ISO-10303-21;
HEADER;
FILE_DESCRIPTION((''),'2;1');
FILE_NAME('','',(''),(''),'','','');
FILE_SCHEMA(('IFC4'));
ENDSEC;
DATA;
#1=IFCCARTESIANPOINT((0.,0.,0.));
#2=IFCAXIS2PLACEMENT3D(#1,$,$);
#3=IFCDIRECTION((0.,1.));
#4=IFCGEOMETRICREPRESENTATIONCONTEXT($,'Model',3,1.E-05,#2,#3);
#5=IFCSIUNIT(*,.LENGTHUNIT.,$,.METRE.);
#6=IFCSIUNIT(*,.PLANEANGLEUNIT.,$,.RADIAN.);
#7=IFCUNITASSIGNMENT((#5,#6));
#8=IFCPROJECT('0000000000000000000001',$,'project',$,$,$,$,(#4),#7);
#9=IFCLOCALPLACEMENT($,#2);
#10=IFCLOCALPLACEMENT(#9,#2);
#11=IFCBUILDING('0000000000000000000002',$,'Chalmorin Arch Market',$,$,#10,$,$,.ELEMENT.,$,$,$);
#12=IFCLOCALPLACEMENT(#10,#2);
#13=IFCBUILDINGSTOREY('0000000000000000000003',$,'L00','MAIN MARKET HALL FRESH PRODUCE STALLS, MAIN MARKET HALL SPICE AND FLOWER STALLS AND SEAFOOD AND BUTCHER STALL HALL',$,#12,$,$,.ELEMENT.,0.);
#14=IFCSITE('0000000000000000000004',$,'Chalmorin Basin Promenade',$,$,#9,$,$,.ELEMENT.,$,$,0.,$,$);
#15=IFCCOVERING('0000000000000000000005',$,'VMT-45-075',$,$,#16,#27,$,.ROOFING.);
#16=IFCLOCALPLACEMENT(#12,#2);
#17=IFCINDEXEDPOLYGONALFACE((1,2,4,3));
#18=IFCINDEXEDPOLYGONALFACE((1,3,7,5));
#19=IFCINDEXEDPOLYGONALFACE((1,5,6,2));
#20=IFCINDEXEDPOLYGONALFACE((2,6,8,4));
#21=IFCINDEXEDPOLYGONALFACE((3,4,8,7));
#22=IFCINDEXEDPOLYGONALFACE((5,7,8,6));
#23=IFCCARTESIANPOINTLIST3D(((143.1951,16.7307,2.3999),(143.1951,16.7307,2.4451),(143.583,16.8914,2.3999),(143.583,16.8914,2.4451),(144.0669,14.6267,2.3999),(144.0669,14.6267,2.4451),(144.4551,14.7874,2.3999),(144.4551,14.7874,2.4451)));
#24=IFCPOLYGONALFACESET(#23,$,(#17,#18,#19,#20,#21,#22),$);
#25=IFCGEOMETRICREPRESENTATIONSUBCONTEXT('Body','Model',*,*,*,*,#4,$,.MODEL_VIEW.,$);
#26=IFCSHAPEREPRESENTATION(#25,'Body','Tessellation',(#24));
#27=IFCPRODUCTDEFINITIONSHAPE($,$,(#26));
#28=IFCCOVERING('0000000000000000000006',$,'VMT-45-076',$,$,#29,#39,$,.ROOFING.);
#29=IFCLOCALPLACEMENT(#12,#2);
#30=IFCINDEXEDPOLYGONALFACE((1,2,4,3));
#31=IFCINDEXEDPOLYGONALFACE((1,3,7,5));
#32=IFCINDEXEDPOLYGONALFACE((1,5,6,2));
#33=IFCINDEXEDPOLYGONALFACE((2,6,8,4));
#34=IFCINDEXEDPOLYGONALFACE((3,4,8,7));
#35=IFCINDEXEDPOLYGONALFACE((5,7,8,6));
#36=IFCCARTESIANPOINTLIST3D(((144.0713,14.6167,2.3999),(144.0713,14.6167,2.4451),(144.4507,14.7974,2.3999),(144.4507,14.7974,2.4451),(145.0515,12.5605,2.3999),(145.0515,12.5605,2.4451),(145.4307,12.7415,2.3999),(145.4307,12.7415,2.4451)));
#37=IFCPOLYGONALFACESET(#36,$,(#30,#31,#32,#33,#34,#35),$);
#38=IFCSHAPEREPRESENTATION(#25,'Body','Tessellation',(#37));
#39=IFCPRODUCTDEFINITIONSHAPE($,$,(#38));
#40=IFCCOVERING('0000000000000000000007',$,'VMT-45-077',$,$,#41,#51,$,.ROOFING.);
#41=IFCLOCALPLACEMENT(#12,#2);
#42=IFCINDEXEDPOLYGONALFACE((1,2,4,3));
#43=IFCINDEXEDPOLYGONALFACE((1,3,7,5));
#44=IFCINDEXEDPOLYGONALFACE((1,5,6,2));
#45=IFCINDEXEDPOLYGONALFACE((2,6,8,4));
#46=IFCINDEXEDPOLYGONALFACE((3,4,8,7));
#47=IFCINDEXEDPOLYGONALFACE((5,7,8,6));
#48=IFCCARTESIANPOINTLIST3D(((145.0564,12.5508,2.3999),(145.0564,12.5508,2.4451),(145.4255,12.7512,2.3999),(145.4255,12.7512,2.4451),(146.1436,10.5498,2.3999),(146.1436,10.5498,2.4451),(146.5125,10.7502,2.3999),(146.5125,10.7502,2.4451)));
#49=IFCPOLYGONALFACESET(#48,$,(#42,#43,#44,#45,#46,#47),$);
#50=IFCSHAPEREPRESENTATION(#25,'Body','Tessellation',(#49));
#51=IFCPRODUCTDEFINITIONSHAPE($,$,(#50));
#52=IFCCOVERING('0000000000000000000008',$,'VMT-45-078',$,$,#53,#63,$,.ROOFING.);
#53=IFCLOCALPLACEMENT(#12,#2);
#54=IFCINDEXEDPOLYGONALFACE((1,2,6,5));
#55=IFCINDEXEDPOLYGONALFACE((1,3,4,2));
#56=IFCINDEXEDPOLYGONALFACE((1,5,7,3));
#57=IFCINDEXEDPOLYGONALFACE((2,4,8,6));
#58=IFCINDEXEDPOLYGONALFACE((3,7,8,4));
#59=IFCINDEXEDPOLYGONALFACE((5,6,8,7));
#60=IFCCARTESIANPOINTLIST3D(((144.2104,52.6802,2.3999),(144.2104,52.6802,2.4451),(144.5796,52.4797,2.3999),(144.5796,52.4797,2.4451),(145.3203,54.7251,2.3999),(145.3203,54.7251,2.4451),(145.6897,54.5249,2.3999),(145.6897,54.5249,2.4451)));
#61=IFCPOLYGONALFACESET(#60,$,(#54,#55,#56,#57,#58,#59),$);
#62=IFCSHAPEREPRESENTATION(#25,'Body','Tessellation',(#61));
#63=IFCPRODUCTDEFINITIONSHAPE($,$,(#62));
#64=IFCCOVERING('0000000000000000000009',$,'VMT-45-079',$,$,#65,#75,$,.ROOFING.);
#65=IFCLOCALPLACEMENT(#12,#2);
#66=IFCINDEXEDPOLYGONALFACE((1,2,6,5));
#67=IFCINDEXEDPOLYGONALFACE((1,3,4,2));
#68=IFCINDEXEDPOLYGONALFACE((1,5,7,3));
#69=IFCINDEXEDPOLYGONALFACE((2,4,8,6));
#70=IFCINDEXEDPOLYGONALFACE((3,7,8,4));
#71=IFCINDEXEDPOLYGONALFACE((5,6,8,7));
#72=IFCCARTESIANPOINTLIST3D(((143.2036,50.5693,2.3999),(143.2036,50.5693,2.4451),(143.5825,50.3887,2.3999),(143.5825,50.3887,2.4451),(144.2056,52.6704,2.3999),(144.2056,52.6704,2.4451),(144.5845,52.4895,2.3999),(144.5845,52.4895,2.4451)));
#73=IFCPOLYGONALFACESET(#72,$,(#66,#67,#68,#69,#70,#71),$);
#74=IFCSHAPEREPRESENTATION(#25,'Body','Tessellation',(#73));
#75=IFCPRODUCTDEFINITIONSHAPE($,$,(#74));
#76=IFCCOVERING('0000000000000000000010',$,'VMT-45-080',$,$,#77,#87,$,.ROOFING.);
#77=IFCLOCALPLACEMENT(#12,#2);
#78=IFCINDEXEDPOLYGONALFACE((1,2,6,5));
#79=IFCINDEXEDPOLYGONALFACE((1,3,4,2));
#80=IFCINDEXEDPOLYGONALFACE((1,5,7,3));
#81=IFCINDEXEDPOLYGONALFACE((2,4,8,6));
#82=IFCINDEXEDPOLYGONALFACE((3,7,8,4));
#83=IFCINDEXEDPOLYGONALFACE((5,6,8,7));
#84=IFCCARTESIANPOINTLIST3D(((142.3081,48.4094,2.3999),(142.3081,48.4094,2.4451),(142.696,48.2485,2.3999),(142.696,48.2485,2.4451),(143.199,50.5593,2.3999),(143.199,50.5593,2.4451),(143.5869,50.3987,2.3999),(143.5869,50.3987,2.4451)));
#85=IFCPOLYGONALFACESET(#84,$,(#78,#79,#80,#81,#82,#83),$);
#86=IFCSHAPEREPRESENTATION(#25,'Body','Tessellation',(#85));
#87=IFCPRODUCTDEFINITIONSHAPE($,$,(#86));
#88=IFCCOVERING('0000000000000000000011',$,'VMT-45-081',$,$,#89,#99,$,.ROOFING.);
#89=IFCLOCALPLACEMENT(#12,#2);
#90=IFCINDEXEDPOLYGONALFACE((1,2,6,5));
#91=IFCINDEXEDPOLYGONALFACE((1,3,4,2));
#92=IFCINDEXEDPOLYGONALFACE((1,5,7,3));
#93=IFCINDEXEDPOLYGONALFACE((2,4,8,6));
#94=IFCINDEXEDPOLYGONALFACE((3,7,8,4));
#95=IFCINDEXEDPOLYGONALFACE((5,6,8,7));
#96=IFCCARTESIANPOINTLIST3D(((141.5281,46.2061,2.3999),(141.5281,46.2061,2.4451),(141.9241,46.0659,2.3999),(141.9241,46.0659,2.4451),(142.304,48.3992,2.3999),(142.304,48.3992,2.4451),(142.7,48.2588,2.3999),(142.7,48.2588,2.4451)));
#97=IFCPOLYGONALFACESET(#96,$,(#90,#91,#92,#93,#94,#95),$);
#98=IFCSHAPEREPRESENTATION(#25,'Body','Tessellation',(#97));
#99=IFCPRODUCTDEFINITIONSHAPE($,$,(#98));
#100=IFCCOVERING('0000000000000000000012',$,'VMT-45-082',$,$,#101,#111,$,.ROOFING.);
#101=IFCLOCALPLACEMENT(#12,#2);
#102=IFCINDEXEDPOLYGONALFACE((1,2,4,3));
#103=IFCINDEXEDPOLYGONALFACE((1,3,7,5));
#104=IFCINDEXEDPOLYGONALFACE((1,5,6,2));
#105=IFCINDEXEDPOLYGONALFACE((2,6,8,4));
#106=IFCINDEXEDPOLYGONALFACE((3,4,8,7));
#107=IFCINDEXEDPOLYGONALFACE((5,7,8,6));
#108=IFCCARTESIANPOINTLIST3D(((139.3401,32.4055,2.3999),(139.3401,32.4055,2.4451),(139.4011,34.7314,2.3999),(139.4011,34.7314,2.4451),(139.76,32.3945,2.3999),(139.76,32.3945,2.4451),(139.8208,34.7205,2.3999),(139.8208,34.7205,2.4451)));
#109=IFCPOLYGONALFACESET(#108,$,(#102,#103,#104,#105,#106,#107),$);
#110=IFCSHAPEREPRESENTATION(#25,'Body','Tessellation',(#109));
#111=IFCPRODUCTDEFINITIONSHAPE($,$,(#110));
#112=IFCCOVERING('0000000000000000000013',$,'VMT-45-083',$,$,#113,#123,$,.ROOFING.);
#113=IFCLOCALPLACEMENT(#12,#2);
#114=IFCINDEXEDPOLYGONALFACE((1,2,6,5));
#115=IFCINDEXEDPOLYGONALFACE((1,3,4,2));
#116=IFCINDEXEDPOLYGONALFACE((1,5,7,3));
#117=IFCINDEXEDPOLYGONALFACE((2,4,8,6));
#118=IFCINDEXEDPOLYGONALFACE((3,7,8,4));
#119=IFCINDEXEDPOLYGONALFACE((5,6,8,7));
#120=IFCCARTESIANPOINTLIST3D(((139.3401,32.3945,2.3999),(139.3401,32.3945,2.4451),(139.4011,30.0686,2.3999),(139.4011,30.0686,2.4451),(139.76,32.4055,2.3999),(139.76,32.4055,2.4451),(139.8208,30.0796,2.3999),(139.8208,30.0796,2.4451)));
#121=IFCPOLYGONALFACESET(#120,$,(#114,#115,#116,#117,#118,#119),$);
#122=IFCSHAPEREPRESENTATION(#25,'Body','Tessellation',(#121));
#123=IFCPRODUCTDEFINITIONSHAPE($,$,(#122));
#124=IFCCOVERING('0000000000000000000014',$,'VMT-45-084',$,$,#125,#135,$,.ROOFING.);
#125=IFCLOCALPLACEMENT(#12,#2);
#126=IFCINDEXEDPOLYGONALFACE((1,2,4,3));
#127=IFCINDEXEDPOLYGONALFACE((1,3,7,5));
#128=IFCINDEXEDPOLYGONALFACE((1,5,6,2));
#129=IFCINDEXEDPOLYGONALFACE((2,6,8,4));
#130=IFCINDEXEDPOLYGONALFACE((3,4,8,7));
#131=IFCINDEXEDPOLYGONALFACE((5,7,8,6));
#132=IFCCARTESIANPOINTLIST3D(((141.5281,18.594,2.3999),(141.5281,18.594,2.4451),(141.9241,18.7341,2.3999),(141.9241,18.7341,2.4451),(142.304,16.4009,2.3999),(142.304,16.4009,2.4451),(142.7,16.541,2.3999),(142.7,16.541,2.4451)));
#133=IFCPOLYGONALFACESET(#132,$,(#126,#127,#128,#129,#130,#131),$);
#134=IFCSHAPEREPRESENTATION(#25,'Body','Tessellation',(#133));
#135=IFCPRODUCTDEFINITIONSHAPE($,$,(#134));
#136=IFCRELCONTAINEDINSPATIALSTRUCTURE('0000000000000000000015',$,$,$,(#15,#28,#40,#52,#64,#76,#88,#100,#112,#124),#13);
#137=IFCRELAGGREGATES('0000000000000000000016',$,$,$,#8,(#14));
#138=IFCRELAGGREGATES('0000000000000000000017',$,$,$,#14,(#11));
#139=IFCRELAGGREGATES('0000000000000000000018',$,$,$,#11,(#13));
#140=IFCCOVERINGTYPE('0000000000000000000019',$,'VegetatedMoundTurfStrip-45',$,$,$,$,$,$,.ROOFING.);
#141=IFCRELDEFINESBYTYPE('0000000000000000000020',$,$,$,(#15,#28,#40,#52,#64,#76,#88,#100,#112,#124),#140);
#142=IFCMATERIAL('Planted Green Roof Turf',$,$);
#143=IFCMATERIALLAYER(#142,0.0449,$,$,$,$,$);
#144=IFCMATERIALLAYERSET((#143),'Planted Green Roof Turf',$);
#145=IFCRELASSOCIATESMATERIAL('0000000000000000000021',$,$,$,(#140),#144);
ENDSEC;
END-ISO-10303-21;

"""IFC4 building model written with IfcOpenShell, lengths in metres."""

from ifc_helpers import new_model, si_unit, direction, frame, origin, place, context, subcontext, project, spatial, polyline, outline, extrude, material, layer, layer_set, type_object, element, save


model = new_model("IFC4")

# Units and contexts
model_context = context("Model", 3, precision=1e-05, world=origin(), true_north=direction((0.0, 1.0)))
body_context = subcontext(model_context, "Body", "Model", "MODEL_VIEW")
ifc_project = project(units=[si_unit("LENGTHUNIT", "METRE"), si_unit("PLANEANGLEUNIT", "RADIAN")], contexts=[model_context])

# Site, building, storey
site_placement = place(None, origin())
site = spatial("IfcSite", under=ifc_project, at=site_placement, Name="Chalmorin Basin Promenade", CompositionType="ELEMENT", RefElevation=0.0)
building_placement = place(site_placement, origin())
building = spatial("IfcBuilding", under=site, at=building_placement, Name="Chalmorin Arch Market", CompositionType="ELEMENT")
storey_placement = place(building_placement, origin())
storey = spatial("IfcBuildingStorey", under=building, at=storey_placement, Name="L00", Description="MAIN MARKET HALL FRESH PRODUCE STALLS, MAIN MARKET HALL SPICE AND FLOWER STALLS AND SEAFOOD AND BUTCHER STALL HALL", CompositionType="ELEMENT", Elevation=0.0)

# Coverings
ifc_material_1 = material(Name="Planted Green Roof Turf")
ifc_layer_1 = layer(ifc_material_1, 0.0449)
ifc_layer_set_1 = layer_set([ifc_layer_1], Name="Planted Green Roof Turf")
covering_type = type_object("IfcCoveringType", Name="VegetatedMoundTurfStrip-45", PredefinedType="ROOFING", material=ifc_layer_set_1)
covering_1_placement = place(storey_placement, frame((0.0, 0.0, 2.3999)))
element("IfcCovering", 1, at=covering_1_placement, inside=storey, type_object=covering_type, Name="VMT-45-075", PredefinedType="ROOFING", context=body_context, shape_type="SweptSolid", body=[
    extrude(outline(polyline([(143.1951, 16.7307), (144.0669, 14.6267), (144.4551, 14.7874), (143.583, 16.8914), (143.1951, 16.7307)])), origin(), (0.0, 0.0, 1.0), 0.0452),
])
covering_2_placement = place(storey_placement, frame((0.0, 0.0, 2.3999)))
element("IfcCovering", 2, at=covering_2_placement, inside=storey, type_object=covering_type, Name="VMT-45-076", PredefinedType="ROOFING", context=body_context, shape_type="SweptSolid", body=[
    extrude(outline(polyline([(144.0713, 14.6167), (145.0515, 12.5605), (145.4307, 12.7415), (144.4507, 14.7974), (144.0713, 14.6167)])), origin(), (0.0, 0.0, 1.0), 0.0452),
])
covering_3_placement = place(storey_placement, frame((0.0, 0.0, 2.3999)))
element("IfcCovering", 3, at=covering_3_placement, inside=storey, type_object=covering_type, Name="VMT-45-077", PredefinedType="ROOFING", context=body_context, shape_type="SweptSolid", body=[
    extrude(outline(polyline([(145.0564, 12.5508), (146.1436, 10.5498), (146.5125, 10.7502), (145.4255, 12.7512), (145.0564, 12.5508)])), origin(), (0.0, 0.0, 1.0), 0.0452),
])
covering_4_placement = place(storey_placement, frame((0.0, 0.0, 2.3999)))
element("IfcCovering", 4, at=covering_4_placement, inside=storey, type_object=covering_type, Name="VMT-45-078", PredefinedType="ROOFING", context=body_context, shape_type="SweptSolid", body=[
    extrude(outline(polyline([(145.3203, 54.7251), (144.2104, 52.6802), (144.5796, 52.4797), (145.6897, 54.5249), (145.3203, 54.7251)])), origin(), (0.0, 0.0, 1.0), 0.0452),
])
covering_5_placement = place(storey_placement, frame((0.0, 0.0, 2.3999)))
element("IfcCovering", 5, at=covering_5_placement, inside=storey, type_object=covering_type, Name="VMT-45-079", PredefinedType="ROOFING", context=body_context, shape_type="SweptSolid", body=[
    extrude(outline(polyline([(144.2056, 52.6704), (143.2036, 50.5693), (143.5825, 50.3887), (144.5845, 52.4895), (144.2056, 52.6704)])), origin(), (0.0, 0.0, 1.0), 0.0452),
])
covering_6_placement = place(storey_placement, frame((0.0, 0.0, 2.3999)))
element("IfcCovering", 6, at=covering_6_placement, inside=storey, type_object=covering_type, Name="VMT-45-080", PredefinedType="ROOFING", context=body_context, shape_type="SweptSolid", body=[
    extrude(outline(polyline([(143.199, 50.5593), (142.3081, 48.4094), (142.696, 48.2485), (143.5869, 50.3987), (143.199, 50.5593)])), origin(), (0.0, 0.0, 1.0), 0.0452),
])
covering_7_placement = place(storey_placement, frame((0.0, 0.0, 2.3999)))
element("IfcCovering", 7, at=covering_7_placement, inside=storey, type_object=covering_type, Name="VMT-45-081", PredefinedType="ROOFING", context=body_context, shape_type="SweptSolid", body=[
    extrude(outline(polyline([(142.304, 48.3992), (141.5281, 46.2061), (141.9241, 46.0659), (142.7, 48.2588), (142.304, 48.3992)])), origin(), (0.0, 0.0, 1.0), 0.0452),
])
covering_8_placement = place(storey_placement, frame((0.0, 0.0, 2.3999)))
element("IfcCovering", 8, at=covering_8_placement, inside=storey, type_object=covering_type, Name="VMT-45-082", PredefinedType="ROOFING", context=body_context, shape_type="SweptSolid", body=[
    extrude(outline(polyline([(139.4011, 34.7314), (139.3401, 32.4055), (139.76, 32.3945), (139.8208, 34.7205), (139.4011, 34.7314)])), origin(), (0.0, 0.0, 1.0), 0.0452),
])
covering_9_placement = place(storey_placement, frame((0.0, 0.0, 2.3999)))
element("IfcCovering", 9, at=covering_9_placement, inside=storey, type_object=covering_type, Name="VMT-45-083", PredefinedType="ROOFING", context=body_context, shape_type="SweptSolid", body=[
    extrude(outline(polyline([(139.3401, 32.3945), (139.4011, 30.0686), (139.8208, 30.0796), (139.76, 32.4055), (139.3401, 32.3945)])), origin(), (0.0, 0.0, 1.0), 0.0452),
])
covering_10_placement = place(storey_placement, frame((0.0, 0.0, 2.3999)))
element("IfcCovering", 10, at=covering_10_placement, inside=storey, type_object=covering_type, Name="VMT-45-084", PredefinedType="ROOFING", context=body_context, shape_type="SweptSolid", body=[
    extrude(outline(polyline([(141.5281, 18.594), (142.304, 16.4009), (142.7, 16.541), (141.9241, 18.7341), (141.5281, 18.594)])), origin(), (0.0, 0.0, 1.0), 0.0452),
])

save(model, "model.ifc")
